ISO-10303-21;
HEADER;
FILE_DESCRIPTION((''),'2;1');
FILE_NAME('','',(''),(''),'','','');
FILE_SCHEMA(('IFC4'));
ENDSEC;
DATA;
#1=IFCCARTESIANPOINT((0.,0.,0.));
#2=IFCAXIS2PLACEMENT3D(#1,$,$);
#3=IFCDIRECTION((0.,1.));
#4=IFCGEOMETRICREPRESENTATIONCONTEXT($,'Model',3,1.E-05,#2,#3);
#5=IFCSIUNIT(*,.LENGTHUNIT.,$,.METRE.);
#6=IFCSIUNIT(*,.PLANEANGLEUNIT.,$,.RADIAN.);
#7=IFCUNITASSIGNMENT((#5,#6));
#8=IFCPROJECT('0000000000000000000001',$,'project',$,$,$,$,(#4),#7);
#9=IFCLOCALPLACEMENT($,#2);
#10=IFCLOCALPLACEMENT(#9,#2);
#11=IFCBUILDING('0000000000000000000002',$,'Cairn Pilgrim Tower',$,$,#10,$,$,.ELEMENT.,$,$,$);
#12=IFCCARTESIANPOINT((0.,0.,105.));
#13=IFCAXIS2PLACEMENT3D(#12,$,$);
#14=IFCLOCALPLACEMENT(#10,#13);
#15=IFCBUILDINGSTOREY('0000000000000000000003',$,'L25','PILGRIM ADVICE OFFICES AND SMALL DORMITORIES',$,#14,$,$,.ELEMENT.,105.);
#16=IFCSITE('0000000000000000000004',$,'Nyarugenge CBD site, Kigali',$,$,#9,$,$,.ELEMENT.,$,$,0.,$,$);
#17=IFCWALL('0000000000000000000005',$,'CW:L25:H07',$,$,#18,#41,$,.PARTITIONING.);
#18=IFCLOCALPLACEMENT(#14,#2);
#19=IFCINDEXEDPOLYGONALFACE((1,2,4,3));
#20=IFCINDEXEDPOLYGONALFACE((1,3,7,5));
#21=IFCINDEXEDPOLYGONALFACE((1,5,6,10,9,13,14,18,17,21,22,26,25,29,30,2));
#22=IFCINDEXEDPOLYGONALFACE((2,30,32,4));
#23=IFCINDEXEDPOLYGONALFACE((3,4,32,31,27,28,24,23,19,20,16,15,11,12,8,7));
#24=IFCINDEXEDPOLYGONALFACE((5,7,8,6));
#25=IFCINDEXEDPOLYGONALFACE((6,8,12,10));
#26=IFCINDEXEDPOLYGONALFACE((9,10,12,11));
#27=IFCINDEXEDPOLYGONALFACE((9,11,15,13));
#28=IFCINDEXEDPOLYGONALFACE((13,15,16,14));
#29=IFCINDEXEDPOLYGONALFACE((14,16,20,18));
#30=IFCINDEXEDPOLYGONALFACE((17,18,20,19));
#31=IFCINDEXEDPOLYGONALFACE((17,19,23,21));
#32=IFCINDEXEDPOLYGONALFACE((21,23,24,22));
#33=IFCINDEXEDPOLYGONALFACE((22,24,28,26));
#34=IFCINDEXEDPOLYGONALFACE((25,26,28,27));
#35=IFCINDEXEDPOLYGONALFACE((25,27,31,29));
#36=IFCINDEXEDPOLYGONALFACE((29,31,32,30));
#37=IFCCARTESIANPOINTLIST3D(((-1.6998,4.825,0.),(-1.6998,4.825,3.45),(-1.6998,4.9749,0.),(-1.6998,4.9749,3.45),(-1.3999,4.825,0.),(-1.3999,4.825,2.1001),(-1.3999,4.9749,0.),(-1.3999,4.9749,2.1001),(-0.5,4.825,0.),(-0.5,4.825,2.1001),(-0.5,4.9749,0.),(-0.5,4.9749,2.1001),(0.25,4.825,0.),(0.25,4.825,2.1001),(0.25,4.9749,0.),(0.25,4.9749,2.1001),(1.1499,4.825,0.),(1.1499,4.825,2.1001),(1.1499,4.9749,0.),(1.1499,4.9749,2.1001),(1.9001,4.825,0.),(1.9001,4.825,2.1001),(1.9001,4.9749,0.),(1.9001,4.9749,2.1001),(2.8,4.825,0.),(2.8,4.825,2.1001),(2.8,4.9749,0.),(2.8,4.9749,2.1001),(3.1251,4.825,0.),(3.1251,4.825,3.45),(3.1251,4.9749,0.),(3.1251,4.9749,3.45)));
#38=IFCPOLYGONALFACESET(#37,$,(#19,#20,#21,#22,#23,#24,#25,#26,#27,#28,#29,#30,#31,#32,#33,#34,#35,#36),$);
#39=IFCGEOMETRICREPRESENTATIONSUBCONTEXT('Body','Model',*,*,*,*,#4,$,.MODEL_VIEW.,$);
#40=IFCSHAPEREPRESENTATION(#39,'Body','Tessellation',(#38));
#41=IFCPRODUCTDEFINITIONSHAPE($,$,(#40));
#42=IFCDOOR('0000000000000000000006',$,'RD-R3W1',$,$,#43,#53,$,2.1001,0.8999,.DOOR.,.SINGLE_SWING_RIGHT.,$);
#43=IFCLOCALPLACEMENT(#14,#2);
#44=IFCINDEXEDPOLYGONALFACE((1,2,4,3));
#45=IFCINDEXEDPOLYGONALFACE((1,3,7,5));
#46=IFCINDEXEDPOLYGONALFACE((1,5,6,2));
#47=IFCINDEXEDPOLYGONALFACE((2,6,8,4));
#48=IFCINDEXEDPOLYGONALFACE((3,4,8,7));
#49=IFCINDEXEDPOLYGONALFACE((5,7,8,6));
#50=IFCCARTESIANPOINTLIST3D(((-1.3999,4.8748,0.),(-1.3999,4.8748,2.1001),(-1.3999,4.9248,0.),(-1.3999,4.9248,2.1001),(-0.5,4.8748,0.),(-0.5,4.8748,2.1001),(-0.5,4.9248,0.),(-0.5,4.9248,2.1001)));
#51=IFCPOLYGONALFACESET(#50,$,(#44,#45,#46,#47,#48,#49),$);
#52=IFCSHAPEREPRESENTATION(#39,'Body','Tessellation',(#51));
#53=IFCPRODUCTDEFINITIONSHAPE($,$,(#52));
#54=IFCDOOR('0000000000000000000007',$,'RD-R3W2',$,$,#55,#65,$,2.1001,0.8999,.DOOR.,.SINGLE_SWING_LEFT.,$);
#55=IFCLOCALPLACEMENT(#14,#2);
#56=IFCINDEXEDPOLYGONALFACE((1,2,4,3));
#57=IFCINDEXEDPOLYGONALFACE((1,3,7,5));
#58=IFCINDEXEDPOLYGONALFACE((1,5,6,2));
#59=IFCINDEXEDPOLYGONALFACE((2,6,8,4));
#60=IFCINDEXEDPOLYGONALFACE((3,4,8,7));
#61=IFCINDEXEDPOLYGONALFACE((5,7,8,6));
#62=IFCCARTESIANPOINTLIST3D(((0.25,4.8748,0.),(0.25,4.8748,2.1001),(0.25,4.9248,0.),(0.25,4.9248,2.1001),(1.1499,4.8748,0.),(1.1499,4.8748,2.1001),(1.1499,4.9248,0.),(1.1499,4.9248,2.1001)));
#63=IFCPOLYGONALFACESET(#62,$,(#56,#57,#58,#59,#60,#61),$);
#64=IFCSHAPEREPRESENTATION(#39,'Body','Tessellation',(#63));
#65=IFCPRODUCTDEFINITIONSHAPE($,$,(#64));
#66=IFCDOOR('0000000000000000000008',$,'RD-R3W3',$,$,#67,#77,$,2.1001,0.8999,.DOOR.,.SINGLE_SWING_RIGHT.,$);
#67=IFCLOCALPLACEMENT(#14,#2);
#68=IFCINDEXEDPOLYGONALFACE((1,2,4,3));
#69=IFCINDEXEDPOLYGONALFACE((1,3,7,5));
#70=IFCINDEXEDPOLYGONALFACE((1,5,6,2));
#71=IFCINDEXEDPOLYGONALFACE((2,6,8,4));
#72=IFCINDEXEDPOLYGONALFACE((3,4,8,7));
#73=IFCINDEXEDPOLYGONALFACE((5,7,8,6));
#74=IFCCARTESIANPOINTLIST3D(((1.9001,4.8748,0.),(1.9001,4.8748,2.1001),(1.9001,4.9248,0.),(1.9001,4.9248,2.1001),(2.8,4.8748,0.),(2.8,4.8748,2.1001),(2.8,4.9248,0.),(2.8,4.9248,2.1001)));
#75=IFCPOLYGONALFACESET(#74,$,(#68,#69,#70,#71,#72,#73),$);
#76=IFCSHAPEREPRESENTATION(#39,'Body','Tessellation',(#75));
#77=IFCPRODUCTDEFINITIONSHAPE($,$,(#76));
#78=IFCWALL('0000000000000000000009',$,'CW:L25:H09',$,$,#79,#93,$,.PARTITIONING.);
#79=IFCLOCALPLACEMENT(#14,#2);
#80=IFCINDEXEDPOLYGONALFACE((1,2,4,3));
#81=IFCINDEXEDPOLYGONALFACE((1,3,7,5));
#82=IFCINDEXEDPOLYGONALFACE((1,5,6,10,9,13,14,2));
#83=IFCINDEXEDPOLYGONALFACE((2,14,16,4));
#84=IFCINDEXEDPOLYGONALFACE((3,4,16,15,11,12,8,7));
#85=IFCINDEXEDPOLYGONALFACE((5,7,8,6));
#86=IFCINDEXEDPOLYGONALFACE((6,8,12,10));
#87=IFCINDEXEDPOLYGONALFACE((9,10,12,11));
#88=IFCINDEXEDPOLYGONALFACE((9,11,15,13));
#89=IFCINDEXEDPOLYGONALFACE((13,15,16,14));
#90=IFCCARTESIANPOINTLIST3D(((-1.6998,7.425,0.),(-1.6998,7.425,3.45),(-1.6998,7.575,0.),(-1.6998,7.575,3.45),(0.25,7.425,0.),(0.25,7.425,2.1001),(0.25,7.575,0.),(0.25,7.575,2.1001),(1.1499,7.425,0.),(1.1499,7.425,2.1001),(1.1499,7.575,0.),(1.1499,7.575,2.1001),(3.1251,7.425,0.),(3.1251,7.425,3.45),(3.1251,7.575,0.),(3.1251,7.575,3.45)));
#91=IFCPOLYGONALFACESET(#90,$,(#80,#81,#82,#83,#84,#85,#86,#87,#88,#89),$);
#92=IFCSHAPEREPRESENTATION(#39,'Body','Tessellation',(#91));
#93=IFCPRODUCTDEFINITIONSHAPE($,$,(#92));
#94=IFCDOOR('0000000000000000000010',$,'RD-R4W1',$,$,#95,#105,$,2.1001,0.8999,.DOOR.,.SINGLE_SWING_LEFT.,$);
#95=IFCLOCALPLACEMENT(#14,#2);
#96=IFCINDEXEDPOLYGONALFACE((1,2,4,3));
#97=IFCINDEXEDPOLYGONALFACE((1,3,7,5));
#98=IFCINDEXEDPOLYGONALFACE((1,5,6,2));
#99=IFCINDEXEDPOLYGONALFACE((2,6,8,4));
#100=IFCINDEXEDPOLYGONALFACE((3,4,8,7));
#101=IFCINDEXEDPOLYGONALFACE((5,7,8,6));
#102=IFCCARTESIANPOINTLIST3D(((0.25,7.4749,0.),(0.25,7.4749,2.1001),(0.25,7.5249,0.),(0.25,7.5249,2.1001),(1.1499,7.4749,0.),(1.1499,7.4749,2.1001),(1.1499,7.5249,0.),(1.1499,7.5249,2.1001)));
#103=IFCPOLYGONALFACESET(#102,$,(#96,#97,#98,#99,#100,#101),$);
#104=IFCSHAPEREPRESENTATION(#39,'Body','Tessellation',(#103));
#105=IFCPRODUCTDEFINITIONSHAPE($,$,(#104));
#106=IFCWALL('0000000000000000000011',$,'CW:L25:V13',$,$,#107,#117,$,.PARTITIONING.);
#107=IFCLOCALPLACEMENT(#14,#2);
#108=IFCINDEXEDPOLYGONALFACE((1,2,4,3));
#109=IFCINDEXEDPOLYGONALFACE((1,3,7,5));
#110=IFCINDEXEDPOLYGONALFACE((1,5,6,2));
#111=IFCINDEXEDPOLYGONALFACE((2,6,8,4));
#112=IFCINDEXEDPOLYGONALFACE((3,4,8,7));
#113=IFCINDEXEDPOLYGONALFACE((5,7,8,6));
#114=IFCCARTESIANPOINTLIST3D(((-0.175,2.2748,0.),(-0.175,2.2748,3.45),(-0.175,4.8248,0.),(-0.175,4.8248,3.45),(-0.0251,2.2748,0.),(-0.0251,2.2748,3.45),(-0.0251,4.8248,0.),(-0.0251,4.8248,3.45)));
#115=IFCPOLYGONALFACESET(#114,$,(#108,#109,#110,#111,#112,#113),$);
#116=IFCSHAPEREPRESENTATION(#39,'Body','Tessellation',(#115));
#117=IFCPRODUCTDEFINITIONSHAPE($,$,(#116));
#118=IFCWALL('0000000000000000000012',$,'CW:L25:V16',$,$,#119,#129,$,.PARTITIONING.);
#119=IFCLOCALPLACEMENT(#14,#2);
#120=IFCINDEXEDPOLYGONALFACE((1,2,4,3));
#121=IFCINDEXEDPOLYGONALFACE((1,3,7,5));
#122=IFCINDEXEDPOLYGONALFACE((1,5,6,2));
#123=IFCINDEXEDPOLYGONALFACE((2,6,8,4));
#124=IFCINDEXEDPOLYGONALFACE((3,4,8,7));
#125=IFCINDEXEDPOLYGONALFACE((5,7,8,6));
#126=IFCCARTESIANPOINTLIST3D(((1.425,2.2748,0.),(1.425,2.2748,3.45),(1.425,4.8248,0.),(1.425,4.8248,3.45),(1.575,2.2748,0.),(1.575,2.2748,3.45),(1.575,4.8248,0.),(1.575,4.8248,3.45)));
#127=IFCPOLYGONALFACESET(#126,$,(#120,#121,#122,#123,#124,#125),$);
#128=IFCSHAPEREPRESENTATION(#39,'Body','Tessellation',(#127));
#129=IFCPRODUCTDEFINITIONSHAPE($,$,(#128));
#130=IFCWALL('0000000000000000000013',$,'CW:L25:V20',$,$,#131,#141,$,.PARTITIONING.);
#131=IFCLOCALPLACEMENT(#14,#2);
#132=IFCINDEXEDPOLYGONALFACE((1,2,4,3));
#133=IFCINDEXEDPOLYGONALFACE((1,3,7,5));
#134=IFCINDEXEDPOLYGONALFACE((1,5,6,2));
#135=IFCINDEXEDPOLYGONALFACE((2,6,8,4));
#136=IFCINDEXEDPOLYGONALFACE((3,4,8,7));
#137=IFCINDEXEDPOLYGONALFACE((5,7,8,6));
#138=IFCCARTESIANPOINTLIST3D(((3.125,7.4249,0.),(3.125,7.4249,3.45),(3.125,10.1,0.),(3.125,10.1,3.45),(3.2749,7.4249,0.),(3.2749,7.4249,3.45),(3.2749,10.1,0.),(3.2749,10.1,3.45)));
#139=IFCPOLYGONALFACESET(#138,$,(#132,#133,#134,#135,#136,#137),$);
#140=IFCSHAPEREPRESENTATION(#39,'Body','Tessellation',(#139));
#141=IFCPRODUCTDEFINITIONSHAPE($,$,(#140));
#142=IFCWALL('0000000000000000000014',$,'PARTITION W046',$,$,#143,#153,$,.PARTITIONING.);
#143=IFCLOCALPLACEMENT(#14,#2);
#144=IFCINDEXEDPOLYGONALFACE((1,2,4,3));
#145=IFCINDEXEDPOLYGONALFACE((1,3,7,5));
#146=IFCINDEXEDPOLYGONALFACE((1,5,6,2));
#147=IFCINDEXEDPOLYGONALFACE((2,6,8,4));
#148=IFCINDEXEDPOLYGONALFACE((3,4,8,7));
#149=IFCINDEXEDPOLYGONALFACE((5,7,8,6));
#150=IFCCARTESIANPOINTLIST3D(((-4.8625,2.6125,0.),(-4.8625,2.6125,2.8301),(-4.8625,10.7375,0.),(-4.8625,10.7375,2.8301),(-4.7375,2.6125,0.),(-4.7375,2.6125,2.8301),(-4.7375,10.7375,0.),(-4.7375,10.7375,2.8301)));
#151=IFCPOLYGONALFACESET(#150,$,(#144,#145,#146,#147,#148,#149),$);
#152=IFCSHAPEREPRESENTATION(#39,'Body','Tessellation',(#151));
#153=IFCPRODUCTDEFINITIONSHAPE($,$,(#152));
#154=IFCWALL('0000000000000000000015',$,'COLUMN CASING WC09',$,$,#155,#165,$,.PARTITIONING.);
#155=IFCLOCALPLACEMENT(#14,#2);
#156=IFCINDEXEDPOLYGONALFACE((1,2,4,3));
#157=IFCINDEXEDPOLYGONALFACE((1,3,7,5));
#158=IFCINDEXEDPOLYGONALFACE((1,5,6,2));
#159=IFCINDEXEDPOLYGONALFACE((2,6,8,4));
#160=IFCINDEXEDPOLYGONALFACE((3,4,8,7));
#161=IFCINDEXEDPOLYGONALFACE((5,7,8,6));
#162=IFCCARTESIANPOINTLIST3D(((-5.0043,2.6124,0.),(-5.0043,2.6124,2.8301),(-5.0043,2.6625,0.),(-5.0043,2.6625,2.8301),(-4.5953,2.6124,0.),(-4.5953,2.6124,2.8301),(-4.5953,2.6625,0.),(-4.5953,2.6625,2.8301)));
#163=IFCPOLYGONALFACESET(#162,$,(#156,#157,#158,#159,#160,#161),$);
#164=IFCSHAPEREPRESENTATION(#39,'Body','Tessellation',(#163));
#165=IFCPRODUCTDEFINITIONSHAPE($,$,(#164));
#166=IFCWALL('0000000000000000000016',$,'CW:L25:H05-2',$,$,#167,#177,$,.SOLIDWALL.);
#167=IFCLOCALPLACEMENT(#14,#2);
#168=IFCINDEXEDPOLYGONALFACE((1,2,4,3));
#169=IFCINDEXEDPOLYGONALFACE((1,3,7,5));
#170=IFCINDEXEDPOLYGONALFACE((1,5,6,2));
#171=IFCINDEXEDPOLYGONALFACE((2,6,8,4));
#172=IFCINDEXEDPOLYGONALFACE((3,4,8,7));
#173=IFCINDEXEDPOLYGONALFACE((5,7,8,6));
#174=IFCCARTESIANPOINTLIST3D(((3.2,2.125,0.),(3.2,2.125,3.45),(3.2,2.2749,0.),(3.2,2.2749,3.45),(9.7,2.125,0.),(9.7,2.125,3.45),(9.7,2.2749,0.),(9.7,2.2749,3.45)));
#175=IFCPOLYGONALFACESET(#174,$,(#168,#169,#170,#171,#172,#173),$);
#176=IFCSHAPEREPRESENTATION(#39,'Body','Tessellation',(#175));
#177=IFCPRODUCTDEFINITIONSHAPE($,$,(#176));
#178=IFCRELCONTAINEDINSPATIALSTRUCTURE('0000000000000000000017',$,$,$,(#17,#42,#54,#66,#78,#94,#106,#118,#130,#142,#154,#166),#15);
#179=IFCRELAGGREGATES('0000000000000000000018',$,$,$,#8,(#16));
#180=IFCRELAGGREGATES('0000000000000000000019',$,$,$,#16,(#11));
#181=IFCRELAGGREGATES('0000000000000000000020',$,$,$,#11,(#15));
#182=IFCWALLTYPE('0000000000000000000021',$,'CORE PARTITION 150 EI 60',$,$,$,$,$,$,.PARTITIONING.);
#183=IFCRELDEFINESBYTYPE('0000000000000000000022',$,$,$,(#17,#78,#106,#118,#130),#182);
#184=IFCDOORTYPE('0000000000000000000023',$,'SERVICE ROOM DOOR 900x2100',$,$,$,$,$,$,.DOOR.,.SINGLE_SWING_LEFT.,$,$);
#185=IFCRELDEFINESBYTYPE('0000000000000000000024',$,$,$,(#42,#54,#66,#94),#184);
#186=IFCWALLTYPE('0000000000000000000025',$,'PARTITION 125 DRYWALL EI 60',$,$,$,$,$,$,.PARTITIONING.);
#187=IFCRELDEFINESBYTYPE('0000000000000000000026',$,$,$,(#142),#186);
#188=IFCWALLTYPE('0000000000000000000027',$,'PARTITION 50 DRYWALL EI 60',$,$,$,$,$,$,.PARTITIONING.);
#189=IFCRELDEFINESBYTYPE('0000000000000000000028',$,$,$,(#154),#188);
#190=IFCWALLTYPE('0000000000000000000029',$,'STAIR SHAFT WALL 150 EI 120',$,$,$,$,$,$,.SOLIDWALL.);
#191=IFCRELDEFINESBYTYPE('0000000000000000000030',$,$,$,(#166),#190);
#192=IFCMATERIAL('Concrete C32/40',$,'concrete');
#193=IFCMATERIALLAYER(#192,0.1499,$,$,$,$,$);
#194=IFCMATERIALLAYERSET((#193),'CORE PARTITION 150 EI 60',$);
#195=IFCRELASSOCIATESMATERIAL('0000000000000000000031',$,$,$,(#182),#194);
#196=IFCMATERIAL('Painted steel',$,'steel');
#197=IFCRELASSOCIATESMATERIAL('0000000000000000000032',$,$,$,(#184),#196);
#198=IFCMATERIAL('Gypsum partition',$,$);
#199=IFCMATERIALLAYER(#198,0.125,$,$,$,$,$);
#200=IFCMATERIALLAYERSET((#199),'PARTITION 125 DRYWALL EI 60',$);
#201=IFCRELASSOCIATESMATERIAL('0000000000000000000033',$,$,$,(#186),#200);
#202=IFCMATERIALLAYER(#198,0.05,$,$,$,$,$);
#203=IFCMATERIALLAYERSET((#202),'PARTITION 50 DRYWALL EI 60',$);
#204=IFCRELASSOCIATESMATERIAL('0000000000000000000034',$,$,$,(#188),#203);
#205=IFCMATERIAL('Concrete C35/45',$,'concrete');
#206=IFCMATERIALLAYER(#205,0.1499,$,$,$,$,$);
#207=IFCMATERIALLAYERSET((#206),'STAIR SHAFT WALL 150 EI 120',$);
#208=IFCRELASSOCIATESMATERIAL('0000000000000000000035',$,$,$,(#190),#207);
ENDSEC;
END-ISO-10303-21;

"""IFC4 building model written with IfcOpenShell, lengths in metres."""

from ifc_helpers import new_model, si_unit, direction, frame, frame_2d, origin, place, context, subcontext, project, spatial, rectangle, extrude, material, layer, layer_set, type_object, element, fill, save


model = new_model("IFC4")

# Units and contexts
model_context = context("Model", 3, precision=1e-05, world=origin(), true_north=direction((0.0, 1.0)))
body_context = subcontext(model_context, "Body", "Model", "MODEL_VIEW")
ifc_project = project(units=[si_unit("LENGTHUNIT", "METRE"), si_unit("PLANEANGLEUNIT", "RADIAN")], contexts=[model_context])

# Site, building, storey
site_placement = place(None, origin())
site = spatial("IfcSite", under=ifc_project, at=site_placement, Name="Nyarugenge CBD site, Kigali", CompositionType="ELEMENT", RefElevation=0.0)
building_placement = place(site_placement, origin())
building = spatial("IfcBuilding", under=site, at=building_placement, Name="Cairn Pilgrim Tower", CompositionType="ELEMENT")
storey_placement = place(building_placement, frame((0.0, 0.0, 105.0)))
storey = spatial("IfcBuildingStorey", under=building, at=storey_placement, Name="L25", Description="PILGRIM ADVICE OFFICES AND SMALL DORMITORIES", CompositionType="ELEMENT", Elevation=105.0)

# Shared definitions
ifc_material_1 = material(Name="Concrete C32/40", Category="concrete")

# Wall, openings, doors
ifc_layer_1 = layer(ifc_material_1, 0.1499)
ifc_layer_set_1 = layer_set([ifc_layer_1], Name="CORE PARTITION 150 EI 60")
wall_type_1 = type_object("IfcWallType", Name="CORE PARTITION 150 EI 60", PredefinedType="PARTITIONING", material=ifc_layer_set_1)
wall_1_placement = place(storey_placement, frame((-1.7, 4.8999, 0.0), z_axis=(0.0, 0.0, 1.0), x_axis=(1.0, 0.0, 0.0)))
wall_1 = element("IfcWall", 1, at=wall_1_placement, inside=storey, type_object=wall_type_1, Name="CW:L25:H07", PredefinedType="PARTITIONING", context=body_context, shape_type="SweptSolid", body=[
    extrude(rectangle(XDim=4.825, YDim=0.1499, at=frame_2d((2.4126, 0.0))), origin(), (0.0, 0.0, 1.0), 3.45),
])
opening_1_placement = place(wall_1_placement, frame((0.3, 0.0, 0.0)))
opening_1 = element("IfcOpeningElement", 2, at=opening_1_placement, cuts=wall_1, PredefinedType="OPENING", context=body_context, shape_type="SweptSolid", body=[
    extrude(rectangle(XDim=0.8999, YDim=2.1001, at=frame_2d((0.45, 1.05))), frame((0.0, 0.085, 0.0), z_axis=(0.0, -1.0, 0.0), x_axis=(1.0, 0.0, 0.0)), (0.0, 0.0, 1.0), 0.1699),
])
opening_2_placement = place(wall_1_placement, frame((1.95, 0.0, 0.0)))
opening_2 = element("IfcOpeningElement", 3, at=opening_2_placement, cuts=wall_1, PredefinedType="OPENING", context=body_context, shape_type="SweptSolid", body=[
    extrude(rectangle(XDim=0.8999, YDim=2.1001, at=frame_2d((0.45, 1.05))), frame((0.0, 0.085, 0.0), z_axis=(0.0, -1.0, 0.0), x_axis=(1.0, 0.0, 0.0)), (0.0, 0.0, 1.0), 0.1699),
])
opening_3_placement = place(wall_1_placement, frame((3.6001, 0.0, 0.0)))
opening_3 = element("IfcOpeningElement", 4, at=opening_3_placement, cuts=wall_1, PredefinedType="OPENING", context=body_context, shape_type="SweptSolid", body=[
    extrude(rectangle(XDim=0.8999, YDim=2.1001, at=frame_2d((0.45, 1.05))), frame((0.0, 0.085, 0.0), z_axis=(0.0, -1.0, 0.0), x_axis=(1.0, 0.0, 0.0)), (0.0, 0.0, 1.0), 0.1699),
])
ifc_material_2 = material(Name="Painted steel", Category="steel")
door_type_1 = type_object("IfcDoorType", Name="SERVICE ROOM DOOR 900x2100", OperationType="SINGLE_SWING_LEFT", PredefinedType="DOOR", material=ifc_material_2)
door_1_placement = place(opening_1_placement, origin())
door_1 = element("IfcDoor", 5, at=door_1_placement, inside=storey, type_object=door_type_1, Name="RD-R3W1", OperationType="SINGLE_SWING_RIGHT", OverallHeight=2.1001, OverallWidth=0.8999, PredefinedType="DOOR", context=body_context, shape_type="SweptSolid", body=[
    extrude(rectangle(XDim=0.8999, YDim=2.1001, at=frame_2d((0.45, 1.05))), frame((0.0, 0.0249, 0.0), z_axis=(0.0, -1.0, 0.0), x_axis=(1.0, 0.0, 0.0)), (0.0, 0.0, 1.0), 0.05),
])
fill(opening_1, door_1)
door_2_placement = place(opening_2_placement, origin())
door_2 = element("IfcDoor", 6, at=door_2_placement, inside=storey, type_object=door_type_1, Name="RD-R3W2", OperationType="SINGLE_SWING_LEFT", OverallHeight=2.1001, OverallWidth=0.8999, PredefinedType="DOOR", context=body_context, shape_type="SweptSolid", body=[
    extrude(rectangle(XDim=0.8999, YDim=2.1001, at=frame_2d((0.45, 1.05))), frame((0.0, 0.0249, 0.0), z_axis=(0.0, -1.0, 0.0), x_axis=(1.0, 0.0, 0.0)), (0.0, 0.0, 1.0), 0.05),
])
fill(opening_2, door_2)
door_3_placement = place(opening_3_placement, origin())
door_3 = element("IfcDoor", 7, at=door_3_placement, inside=storey, type_object=door_type_1, Name="RD-R3W3", OperationType="SINGLE_SWING_RIGHT", OverallHeight=2.1001, OverallWidth=0.8999, PredefinedType="DOOR", context=body_context, shape_type="SweptSolid", body=[
    extrude(rectangle(XDim=0.8999, YDim=2.1001, at=frame_2d((0.45, 1.05))), frame((0.0, 0.0249, 0.0), z_axis=(0.0, -1.0, 0.0), x_axis=(1.0, 0.0, 0.0)), (0.0, 0.0, 1.0), 0.05),
])
fill(opening_3, door_3)

# Wall, opening, door
wall_2_placement = place(storey_placement, frame((-1.7, 7.5, 0.0), z_axis=(0.0, 0.0, 1.0), x_axis=(1.0, 0.0, 0.0)))
wall_2 = element("IfcWall", 8, at=wall_2_placement, inside=storey, type_object=wall_type_1, Name="CW:L25:H09", PredefinedType="PARTITIONING", context=body_context, shape_type="SweptSolid", body=[
    extrude(rectangle(XDim=4.825, YDim=0.1499, at=frame_2d((2.4126, 0.0))), origin(), (0.0, 0.0, 1.0), 3.45),
])
opening_4_placement = place(wall_2_placement, frame((1.95, 0.0, 0.0)))
opening_4 = element("IfcOpeningElement", 9, at=opening_4_placement, cuts=wall_2, PredefinedType="OPENING", context=body_context, shape_type="SweptSolid", body=[
    extrude(rectangle(XDim=0.8999, YDim=2.1001, at=frame_2d((0.45, 1.05))), frame((0.0, 0.085, 0.0), z_axis=(0.0, -1.0, 0.0), x_axis=(1.0, 0.0, 0.0)), (0.0, 0.0, 1.0), 0.1699),
])
door_4_placement = place(opening_4_placement, origin())
door_4 = element("IfcDoor", 10, at=door_4_placement, inside=storey, type_object=door_type_1, Name="RD-R4W1", OperationType="SINGLE_SWING_LEFT", OverallHeight=2.1001, OverallWidth=0.8999, PredefinedType="DOOR", context=body_context, shape_type="SweptSolid", body=[
    extrude(rectangle(XDim=0.8999, YDim=2.1001, at=frame_2d((0.45, 1.05))), frame((0.0, 0.0249, 0.0), z_axis=(0.0, -1.0, 0.0), x_axis=(1.0, 0.0, 0.0)), (0.0, 0.0, 1.0), 0.05),
])
fill(opening_4, door_4)

# Walls
for number, where, z_axis, x_axis, name in (
    (11, (-0.1001, 2.2749, 0.0), (0.0, 0.0, 1.0), (0.0, 1.0, 0.0), "CW:L25:V13"),
    (12, (1.5, 2.2749, 0.0), (0.0, 0.0, 1.0), (0.0, 1.0, 0.0), "CW:L25:V16"),
):
    element("IfcWall", number, at=place(storey_placement, frame(where, z_axis=z_axis, x_axis=x_axis)), inside=storey, type_object=wall_type_1, Name=name, PredefinedType="PARTITIONING", context=body_context, shape_type="SweptSolid", body=[
        extrude(rectangle(XDim=2.55, YDim=0.1499, at=frame_2d((1.2749, 0.0))), origin(), (0.0, 0.0, 1.0), 3.45),
    ])
wall_3_placement = place(storey_placement, frame((3.2, 7.425, 0.0), z_axis=(0.0, 0.0, 1.0), x_axis=(0.0, 1.0, 0.0)))
element("IfcWall", 13, at=wall_3_placement, inside=storey, type_object=wall_type_1, Name="CW:L25:V20", PredefinedType="PARTITIONING", context=body_context, shape_type="SweptSolid", body=[
    extrude(rectangle(XDim=2.675, YDim=0.1499, at=frame_2d((1.3374, 0.0))), origin(), (0.0, 0.0, 1.0), 3.45),
])
ifc_material_3 = material(Name="Gypsum partition")
ifc_layer_2 = layer(ifc_material_3, 0.125)
ifc_layer_set_2 = layer_set([ifc_layer_2], Name="PARTITION 125 DRYWALL EI 60")
wall_type_2 = type_object("IfcWallType", Name="PARTITION 125 DRYWALL EI 60", PredefinedType="PARTITIONING", material=ifc_layer_set_2)
wall_4_placement = place(storey_placement, frame((-4.8, 2.6125, 0.0), z_axis=(0.0, 0.0, 1.0), x_axis=(0.0, 1.0, 0.0)))
element("IfcWall", 14, at=wall_4_placement, inside=storey, type_object=wall_type_2, Name="PARTITION W046", PredefinedType="PARTITIONING", context=body_context, shape_type="SweptSolid", body=[
    extrude(rectangle(XDim=8.125, YDim=0.125, at=frame_2d((4.0625, 0.0))), origin(), (0.0, 0.0, 1.0), 2.8301),
])
ifc_layer_3 = layer(ifc_material_3, 0.05)
ifc_layer_set_3 = layer_set([ifc_layer_3], Name="PARTITION 50 DRYWALL EI 60")
wall_type_3 = type_object("IfcWallType", Name="PARTITION 50 DRYWALL EI 60", PredefinedType="PARTITIONING", material=ifc_layer_set_3)
wall_5_placement = place(storey_placement, frame((-5.0044, 2.6375, 0.0), z_axis=(0.0, 0.0, 1.0), x_axis=(1.0, 0.0, 0.0)))
element("IfcWall", 15, at=wall_5_placement, inside=storey, type_object=wall_type_3, Name="COLUMN CASING WC09", PredefinedType="PARTITIONING", context=body_context, shape_type="SweptSolid", body=[
    extrude(rectangle(XDim=0.4089, YDim=0.05, at=frame_2d((0.2046, 0.0))), origin(), (0.0, 0.0, 1.0), 2.8301),
])
ifc_material_4 = material(Name="Concrete C35/45", Category="concrete")
ifc_layer_4 = layer(ifc_material_4, 0.1499)
ifc_layer_set_4 = layer_set([ifc_layer_4], Name="STAIR SHAFT WALL 150 EI 120")
wall_type_4 = type_object("IfcWallType", Name="STAIR SHAFT WALL 150 EI 120", PredefinedType="SOLIDWALL", material=ifc_layer_set_4)
wall_6_placement = place(storey_placement, frame((3.2, 2.2, 0.0), z_axis=(0.0, 0.0, 1.0), x_axis=(1.0, 0.0, 0.0)))
element("IfcWall", 16, at=wall_6_placement, inside=storey, type_object=wall_type_4, Name="CW:L25:H05-2", PredefinedType="SOLIDWALL", context=body_context, shape_type="SweptSolid", body=[
    extrude(rectangle(XDim=6.5, YDim=0.1499, at=frame_2d((3.25, 0.0))), origin(), (0.0, 0.0, 1.0), 3.45),
])

save(model, "model.ifc")
